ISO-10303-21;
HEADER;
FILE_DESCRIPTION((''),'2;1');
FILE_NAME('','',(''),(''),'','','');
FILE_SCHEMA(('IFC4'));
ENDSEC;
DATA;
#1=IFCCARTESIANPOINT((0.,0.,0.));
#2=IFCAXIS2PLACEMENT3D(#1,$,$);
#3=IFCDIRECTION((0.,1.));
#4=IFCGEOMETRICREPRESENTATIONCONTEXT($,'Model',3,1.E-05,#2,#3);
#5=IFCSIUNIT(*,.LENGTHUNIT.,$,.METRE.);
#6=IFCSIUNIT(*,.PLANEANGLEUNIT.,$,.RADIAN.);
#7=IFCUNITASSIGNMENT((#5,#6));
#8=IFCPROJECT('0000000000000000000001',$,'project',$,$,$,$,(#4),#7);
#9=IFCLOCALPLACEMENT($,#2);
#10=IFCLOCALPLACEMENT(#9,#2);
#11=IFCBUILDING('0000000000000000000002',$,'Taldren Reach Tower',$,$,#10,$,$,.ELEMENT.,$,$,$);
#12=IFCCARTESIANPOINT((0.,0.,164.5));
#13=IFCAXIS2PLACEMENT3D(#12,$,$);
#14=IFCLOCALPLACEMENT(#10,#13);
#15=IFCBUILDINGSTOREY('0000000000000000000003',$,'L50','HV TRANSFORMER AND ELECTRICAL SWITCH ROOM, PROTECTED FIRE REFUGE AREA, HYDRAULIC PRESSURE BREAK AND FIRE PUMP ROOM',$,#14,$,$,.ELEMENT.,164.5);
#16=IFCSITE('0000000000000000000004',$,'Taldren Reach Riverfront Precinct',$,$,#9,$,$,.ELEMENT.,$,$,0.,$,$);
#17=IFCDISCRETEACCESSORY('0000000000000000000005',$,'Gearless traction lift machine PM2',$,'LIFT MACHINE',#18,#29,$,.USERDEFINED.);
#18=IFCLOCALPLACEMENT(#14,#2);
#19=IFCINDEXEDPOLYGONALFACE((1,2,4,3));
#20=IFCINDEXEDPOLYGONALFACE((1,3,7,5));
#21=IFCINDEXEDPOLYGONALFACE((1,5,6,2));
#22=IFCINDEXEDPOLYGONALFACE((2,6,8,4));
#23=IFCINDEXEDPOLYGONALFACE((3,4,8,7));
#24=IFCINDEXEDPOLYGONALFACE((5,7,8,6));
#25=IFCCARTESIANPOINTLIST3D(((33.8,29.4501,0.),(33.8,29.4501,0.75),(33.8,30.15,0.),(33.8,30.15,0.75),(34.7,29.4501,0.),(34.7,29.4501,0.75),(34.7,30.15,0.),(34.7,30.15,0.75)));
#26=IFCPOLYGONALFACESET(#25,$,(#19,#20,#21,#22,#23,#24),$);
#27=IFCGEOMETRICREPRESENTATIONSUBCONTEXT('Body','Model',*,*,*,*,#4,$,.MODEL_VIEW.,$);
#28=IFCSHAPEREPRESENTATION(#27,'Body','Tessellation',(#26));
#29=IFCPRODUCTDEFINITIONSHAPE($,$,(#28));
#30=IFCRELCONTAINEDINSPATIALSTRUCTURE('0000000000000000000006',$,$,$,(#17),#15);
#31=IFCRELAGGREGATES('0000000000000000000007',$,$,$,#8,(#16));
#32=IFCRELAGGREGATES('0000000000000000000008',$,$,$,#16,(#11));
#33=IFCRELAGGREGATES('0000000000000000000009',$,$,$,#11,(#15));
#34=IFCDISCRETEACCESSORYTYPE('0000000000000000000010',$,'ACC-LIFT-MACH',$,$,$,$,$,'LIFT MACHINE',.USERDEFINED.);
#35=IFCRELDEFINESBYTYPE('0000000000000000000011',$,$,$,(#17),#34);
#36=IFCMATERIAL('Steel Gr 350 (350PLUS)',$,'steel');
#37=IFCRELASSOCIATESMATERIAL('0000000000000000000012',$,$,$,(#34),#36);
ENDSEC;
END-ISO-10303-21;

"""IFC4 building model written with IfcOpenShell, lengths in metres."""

from ifc_helpers import new_model, si_unit, direction, frame, origin, origin_2d, place, context, subcontext, project, spatial, rectangle, extrude, source, transform, mapped, material, type_object, element, save


model = new_model("IFC4")

# Units and contexts
model_context = context("Model", 3, precision=1e-05, world=origin(), true_north=direction((0.0, 1.0)))
body_context = subcontext(model_context, "Body", "Model", "MODEL_VIEW")
ifc_project = project(units=[si_unit("LENGTHUNIT", "METRE"), si_unit("PLANEANGLEUNIT", "RADIAN")], contexts=[model_context])

# Site, building, storey
site_placement = place(None, origin())
site = spatial("IfcSite", under=ifc_project, at=site_placement, Name="Taldren Reach Riverfront Precinct", CompositionType="ELEMENT", RefElevation=0.0)
building_placement = place(site_placement, origin())
building = spatial("IfcBuilding", under=site, at=building_placement, Name="Taldren Reach Tower", CompositionType="ELEMENT")
storey_placement = place(building_placement, frame((0.0, 0.0, 164.5)))
storey = spatial("IfcBuildingStorey", under=building, at=storey_placement, Name="L50", Description="HV TRANSFORMER AND ELECTRICAL SWITCH ROOM, PROTECTED FIRE REFUGE AREA, HYDRAULIC PRESSURE BREAK AND FIRE PUMP ROOM", CompositionType="ELEMENT", Elevation=164.5)

# Shared definitions
ifc_material_1 = material(Name="Steel Gr 350 (350PLUS)", Category="steel")

# Discrete accessory
discrete_accessory_type = type_object("IfcDiscreteAccessoryType", Name="ACC-LIFT-MACH", ElementType="LIFT MACHINE", PredefinedType="USERDEFINED", material=ifc_material_1)
shared_shape_1 = source(origin(), body_context, "Body", "SweptSolid", [
    extrude(rectangle(XDim=0.8999, YDim=0.7, at=origin_2d()), origin(), (0.0, 0.0, 1.0), 0.75),
])
discrete_accessory_placement = place(storey_placement, frame((34.25, 29.8, 0.0), z_axis=(0.0, 0.0, 1.0), x_axis=(1.0, 0.0, 0.0)))
element("IfcDiscreteAccessory", 1, at=discrete_accessory_placement, inside=storey, type_object=discrete_accessory_type, Name="Gearless traction lift machine PM2", ObjectType="LIFT MACHINE", PredefinedType="USERDEFINED", context=body_context, shape_type="MappedRepresentation", body=[
    mapped(shared_shape_1, transform((0.0, 0.0, 0.0), scale=1.0)),
])

save(model, "model.ifc")
